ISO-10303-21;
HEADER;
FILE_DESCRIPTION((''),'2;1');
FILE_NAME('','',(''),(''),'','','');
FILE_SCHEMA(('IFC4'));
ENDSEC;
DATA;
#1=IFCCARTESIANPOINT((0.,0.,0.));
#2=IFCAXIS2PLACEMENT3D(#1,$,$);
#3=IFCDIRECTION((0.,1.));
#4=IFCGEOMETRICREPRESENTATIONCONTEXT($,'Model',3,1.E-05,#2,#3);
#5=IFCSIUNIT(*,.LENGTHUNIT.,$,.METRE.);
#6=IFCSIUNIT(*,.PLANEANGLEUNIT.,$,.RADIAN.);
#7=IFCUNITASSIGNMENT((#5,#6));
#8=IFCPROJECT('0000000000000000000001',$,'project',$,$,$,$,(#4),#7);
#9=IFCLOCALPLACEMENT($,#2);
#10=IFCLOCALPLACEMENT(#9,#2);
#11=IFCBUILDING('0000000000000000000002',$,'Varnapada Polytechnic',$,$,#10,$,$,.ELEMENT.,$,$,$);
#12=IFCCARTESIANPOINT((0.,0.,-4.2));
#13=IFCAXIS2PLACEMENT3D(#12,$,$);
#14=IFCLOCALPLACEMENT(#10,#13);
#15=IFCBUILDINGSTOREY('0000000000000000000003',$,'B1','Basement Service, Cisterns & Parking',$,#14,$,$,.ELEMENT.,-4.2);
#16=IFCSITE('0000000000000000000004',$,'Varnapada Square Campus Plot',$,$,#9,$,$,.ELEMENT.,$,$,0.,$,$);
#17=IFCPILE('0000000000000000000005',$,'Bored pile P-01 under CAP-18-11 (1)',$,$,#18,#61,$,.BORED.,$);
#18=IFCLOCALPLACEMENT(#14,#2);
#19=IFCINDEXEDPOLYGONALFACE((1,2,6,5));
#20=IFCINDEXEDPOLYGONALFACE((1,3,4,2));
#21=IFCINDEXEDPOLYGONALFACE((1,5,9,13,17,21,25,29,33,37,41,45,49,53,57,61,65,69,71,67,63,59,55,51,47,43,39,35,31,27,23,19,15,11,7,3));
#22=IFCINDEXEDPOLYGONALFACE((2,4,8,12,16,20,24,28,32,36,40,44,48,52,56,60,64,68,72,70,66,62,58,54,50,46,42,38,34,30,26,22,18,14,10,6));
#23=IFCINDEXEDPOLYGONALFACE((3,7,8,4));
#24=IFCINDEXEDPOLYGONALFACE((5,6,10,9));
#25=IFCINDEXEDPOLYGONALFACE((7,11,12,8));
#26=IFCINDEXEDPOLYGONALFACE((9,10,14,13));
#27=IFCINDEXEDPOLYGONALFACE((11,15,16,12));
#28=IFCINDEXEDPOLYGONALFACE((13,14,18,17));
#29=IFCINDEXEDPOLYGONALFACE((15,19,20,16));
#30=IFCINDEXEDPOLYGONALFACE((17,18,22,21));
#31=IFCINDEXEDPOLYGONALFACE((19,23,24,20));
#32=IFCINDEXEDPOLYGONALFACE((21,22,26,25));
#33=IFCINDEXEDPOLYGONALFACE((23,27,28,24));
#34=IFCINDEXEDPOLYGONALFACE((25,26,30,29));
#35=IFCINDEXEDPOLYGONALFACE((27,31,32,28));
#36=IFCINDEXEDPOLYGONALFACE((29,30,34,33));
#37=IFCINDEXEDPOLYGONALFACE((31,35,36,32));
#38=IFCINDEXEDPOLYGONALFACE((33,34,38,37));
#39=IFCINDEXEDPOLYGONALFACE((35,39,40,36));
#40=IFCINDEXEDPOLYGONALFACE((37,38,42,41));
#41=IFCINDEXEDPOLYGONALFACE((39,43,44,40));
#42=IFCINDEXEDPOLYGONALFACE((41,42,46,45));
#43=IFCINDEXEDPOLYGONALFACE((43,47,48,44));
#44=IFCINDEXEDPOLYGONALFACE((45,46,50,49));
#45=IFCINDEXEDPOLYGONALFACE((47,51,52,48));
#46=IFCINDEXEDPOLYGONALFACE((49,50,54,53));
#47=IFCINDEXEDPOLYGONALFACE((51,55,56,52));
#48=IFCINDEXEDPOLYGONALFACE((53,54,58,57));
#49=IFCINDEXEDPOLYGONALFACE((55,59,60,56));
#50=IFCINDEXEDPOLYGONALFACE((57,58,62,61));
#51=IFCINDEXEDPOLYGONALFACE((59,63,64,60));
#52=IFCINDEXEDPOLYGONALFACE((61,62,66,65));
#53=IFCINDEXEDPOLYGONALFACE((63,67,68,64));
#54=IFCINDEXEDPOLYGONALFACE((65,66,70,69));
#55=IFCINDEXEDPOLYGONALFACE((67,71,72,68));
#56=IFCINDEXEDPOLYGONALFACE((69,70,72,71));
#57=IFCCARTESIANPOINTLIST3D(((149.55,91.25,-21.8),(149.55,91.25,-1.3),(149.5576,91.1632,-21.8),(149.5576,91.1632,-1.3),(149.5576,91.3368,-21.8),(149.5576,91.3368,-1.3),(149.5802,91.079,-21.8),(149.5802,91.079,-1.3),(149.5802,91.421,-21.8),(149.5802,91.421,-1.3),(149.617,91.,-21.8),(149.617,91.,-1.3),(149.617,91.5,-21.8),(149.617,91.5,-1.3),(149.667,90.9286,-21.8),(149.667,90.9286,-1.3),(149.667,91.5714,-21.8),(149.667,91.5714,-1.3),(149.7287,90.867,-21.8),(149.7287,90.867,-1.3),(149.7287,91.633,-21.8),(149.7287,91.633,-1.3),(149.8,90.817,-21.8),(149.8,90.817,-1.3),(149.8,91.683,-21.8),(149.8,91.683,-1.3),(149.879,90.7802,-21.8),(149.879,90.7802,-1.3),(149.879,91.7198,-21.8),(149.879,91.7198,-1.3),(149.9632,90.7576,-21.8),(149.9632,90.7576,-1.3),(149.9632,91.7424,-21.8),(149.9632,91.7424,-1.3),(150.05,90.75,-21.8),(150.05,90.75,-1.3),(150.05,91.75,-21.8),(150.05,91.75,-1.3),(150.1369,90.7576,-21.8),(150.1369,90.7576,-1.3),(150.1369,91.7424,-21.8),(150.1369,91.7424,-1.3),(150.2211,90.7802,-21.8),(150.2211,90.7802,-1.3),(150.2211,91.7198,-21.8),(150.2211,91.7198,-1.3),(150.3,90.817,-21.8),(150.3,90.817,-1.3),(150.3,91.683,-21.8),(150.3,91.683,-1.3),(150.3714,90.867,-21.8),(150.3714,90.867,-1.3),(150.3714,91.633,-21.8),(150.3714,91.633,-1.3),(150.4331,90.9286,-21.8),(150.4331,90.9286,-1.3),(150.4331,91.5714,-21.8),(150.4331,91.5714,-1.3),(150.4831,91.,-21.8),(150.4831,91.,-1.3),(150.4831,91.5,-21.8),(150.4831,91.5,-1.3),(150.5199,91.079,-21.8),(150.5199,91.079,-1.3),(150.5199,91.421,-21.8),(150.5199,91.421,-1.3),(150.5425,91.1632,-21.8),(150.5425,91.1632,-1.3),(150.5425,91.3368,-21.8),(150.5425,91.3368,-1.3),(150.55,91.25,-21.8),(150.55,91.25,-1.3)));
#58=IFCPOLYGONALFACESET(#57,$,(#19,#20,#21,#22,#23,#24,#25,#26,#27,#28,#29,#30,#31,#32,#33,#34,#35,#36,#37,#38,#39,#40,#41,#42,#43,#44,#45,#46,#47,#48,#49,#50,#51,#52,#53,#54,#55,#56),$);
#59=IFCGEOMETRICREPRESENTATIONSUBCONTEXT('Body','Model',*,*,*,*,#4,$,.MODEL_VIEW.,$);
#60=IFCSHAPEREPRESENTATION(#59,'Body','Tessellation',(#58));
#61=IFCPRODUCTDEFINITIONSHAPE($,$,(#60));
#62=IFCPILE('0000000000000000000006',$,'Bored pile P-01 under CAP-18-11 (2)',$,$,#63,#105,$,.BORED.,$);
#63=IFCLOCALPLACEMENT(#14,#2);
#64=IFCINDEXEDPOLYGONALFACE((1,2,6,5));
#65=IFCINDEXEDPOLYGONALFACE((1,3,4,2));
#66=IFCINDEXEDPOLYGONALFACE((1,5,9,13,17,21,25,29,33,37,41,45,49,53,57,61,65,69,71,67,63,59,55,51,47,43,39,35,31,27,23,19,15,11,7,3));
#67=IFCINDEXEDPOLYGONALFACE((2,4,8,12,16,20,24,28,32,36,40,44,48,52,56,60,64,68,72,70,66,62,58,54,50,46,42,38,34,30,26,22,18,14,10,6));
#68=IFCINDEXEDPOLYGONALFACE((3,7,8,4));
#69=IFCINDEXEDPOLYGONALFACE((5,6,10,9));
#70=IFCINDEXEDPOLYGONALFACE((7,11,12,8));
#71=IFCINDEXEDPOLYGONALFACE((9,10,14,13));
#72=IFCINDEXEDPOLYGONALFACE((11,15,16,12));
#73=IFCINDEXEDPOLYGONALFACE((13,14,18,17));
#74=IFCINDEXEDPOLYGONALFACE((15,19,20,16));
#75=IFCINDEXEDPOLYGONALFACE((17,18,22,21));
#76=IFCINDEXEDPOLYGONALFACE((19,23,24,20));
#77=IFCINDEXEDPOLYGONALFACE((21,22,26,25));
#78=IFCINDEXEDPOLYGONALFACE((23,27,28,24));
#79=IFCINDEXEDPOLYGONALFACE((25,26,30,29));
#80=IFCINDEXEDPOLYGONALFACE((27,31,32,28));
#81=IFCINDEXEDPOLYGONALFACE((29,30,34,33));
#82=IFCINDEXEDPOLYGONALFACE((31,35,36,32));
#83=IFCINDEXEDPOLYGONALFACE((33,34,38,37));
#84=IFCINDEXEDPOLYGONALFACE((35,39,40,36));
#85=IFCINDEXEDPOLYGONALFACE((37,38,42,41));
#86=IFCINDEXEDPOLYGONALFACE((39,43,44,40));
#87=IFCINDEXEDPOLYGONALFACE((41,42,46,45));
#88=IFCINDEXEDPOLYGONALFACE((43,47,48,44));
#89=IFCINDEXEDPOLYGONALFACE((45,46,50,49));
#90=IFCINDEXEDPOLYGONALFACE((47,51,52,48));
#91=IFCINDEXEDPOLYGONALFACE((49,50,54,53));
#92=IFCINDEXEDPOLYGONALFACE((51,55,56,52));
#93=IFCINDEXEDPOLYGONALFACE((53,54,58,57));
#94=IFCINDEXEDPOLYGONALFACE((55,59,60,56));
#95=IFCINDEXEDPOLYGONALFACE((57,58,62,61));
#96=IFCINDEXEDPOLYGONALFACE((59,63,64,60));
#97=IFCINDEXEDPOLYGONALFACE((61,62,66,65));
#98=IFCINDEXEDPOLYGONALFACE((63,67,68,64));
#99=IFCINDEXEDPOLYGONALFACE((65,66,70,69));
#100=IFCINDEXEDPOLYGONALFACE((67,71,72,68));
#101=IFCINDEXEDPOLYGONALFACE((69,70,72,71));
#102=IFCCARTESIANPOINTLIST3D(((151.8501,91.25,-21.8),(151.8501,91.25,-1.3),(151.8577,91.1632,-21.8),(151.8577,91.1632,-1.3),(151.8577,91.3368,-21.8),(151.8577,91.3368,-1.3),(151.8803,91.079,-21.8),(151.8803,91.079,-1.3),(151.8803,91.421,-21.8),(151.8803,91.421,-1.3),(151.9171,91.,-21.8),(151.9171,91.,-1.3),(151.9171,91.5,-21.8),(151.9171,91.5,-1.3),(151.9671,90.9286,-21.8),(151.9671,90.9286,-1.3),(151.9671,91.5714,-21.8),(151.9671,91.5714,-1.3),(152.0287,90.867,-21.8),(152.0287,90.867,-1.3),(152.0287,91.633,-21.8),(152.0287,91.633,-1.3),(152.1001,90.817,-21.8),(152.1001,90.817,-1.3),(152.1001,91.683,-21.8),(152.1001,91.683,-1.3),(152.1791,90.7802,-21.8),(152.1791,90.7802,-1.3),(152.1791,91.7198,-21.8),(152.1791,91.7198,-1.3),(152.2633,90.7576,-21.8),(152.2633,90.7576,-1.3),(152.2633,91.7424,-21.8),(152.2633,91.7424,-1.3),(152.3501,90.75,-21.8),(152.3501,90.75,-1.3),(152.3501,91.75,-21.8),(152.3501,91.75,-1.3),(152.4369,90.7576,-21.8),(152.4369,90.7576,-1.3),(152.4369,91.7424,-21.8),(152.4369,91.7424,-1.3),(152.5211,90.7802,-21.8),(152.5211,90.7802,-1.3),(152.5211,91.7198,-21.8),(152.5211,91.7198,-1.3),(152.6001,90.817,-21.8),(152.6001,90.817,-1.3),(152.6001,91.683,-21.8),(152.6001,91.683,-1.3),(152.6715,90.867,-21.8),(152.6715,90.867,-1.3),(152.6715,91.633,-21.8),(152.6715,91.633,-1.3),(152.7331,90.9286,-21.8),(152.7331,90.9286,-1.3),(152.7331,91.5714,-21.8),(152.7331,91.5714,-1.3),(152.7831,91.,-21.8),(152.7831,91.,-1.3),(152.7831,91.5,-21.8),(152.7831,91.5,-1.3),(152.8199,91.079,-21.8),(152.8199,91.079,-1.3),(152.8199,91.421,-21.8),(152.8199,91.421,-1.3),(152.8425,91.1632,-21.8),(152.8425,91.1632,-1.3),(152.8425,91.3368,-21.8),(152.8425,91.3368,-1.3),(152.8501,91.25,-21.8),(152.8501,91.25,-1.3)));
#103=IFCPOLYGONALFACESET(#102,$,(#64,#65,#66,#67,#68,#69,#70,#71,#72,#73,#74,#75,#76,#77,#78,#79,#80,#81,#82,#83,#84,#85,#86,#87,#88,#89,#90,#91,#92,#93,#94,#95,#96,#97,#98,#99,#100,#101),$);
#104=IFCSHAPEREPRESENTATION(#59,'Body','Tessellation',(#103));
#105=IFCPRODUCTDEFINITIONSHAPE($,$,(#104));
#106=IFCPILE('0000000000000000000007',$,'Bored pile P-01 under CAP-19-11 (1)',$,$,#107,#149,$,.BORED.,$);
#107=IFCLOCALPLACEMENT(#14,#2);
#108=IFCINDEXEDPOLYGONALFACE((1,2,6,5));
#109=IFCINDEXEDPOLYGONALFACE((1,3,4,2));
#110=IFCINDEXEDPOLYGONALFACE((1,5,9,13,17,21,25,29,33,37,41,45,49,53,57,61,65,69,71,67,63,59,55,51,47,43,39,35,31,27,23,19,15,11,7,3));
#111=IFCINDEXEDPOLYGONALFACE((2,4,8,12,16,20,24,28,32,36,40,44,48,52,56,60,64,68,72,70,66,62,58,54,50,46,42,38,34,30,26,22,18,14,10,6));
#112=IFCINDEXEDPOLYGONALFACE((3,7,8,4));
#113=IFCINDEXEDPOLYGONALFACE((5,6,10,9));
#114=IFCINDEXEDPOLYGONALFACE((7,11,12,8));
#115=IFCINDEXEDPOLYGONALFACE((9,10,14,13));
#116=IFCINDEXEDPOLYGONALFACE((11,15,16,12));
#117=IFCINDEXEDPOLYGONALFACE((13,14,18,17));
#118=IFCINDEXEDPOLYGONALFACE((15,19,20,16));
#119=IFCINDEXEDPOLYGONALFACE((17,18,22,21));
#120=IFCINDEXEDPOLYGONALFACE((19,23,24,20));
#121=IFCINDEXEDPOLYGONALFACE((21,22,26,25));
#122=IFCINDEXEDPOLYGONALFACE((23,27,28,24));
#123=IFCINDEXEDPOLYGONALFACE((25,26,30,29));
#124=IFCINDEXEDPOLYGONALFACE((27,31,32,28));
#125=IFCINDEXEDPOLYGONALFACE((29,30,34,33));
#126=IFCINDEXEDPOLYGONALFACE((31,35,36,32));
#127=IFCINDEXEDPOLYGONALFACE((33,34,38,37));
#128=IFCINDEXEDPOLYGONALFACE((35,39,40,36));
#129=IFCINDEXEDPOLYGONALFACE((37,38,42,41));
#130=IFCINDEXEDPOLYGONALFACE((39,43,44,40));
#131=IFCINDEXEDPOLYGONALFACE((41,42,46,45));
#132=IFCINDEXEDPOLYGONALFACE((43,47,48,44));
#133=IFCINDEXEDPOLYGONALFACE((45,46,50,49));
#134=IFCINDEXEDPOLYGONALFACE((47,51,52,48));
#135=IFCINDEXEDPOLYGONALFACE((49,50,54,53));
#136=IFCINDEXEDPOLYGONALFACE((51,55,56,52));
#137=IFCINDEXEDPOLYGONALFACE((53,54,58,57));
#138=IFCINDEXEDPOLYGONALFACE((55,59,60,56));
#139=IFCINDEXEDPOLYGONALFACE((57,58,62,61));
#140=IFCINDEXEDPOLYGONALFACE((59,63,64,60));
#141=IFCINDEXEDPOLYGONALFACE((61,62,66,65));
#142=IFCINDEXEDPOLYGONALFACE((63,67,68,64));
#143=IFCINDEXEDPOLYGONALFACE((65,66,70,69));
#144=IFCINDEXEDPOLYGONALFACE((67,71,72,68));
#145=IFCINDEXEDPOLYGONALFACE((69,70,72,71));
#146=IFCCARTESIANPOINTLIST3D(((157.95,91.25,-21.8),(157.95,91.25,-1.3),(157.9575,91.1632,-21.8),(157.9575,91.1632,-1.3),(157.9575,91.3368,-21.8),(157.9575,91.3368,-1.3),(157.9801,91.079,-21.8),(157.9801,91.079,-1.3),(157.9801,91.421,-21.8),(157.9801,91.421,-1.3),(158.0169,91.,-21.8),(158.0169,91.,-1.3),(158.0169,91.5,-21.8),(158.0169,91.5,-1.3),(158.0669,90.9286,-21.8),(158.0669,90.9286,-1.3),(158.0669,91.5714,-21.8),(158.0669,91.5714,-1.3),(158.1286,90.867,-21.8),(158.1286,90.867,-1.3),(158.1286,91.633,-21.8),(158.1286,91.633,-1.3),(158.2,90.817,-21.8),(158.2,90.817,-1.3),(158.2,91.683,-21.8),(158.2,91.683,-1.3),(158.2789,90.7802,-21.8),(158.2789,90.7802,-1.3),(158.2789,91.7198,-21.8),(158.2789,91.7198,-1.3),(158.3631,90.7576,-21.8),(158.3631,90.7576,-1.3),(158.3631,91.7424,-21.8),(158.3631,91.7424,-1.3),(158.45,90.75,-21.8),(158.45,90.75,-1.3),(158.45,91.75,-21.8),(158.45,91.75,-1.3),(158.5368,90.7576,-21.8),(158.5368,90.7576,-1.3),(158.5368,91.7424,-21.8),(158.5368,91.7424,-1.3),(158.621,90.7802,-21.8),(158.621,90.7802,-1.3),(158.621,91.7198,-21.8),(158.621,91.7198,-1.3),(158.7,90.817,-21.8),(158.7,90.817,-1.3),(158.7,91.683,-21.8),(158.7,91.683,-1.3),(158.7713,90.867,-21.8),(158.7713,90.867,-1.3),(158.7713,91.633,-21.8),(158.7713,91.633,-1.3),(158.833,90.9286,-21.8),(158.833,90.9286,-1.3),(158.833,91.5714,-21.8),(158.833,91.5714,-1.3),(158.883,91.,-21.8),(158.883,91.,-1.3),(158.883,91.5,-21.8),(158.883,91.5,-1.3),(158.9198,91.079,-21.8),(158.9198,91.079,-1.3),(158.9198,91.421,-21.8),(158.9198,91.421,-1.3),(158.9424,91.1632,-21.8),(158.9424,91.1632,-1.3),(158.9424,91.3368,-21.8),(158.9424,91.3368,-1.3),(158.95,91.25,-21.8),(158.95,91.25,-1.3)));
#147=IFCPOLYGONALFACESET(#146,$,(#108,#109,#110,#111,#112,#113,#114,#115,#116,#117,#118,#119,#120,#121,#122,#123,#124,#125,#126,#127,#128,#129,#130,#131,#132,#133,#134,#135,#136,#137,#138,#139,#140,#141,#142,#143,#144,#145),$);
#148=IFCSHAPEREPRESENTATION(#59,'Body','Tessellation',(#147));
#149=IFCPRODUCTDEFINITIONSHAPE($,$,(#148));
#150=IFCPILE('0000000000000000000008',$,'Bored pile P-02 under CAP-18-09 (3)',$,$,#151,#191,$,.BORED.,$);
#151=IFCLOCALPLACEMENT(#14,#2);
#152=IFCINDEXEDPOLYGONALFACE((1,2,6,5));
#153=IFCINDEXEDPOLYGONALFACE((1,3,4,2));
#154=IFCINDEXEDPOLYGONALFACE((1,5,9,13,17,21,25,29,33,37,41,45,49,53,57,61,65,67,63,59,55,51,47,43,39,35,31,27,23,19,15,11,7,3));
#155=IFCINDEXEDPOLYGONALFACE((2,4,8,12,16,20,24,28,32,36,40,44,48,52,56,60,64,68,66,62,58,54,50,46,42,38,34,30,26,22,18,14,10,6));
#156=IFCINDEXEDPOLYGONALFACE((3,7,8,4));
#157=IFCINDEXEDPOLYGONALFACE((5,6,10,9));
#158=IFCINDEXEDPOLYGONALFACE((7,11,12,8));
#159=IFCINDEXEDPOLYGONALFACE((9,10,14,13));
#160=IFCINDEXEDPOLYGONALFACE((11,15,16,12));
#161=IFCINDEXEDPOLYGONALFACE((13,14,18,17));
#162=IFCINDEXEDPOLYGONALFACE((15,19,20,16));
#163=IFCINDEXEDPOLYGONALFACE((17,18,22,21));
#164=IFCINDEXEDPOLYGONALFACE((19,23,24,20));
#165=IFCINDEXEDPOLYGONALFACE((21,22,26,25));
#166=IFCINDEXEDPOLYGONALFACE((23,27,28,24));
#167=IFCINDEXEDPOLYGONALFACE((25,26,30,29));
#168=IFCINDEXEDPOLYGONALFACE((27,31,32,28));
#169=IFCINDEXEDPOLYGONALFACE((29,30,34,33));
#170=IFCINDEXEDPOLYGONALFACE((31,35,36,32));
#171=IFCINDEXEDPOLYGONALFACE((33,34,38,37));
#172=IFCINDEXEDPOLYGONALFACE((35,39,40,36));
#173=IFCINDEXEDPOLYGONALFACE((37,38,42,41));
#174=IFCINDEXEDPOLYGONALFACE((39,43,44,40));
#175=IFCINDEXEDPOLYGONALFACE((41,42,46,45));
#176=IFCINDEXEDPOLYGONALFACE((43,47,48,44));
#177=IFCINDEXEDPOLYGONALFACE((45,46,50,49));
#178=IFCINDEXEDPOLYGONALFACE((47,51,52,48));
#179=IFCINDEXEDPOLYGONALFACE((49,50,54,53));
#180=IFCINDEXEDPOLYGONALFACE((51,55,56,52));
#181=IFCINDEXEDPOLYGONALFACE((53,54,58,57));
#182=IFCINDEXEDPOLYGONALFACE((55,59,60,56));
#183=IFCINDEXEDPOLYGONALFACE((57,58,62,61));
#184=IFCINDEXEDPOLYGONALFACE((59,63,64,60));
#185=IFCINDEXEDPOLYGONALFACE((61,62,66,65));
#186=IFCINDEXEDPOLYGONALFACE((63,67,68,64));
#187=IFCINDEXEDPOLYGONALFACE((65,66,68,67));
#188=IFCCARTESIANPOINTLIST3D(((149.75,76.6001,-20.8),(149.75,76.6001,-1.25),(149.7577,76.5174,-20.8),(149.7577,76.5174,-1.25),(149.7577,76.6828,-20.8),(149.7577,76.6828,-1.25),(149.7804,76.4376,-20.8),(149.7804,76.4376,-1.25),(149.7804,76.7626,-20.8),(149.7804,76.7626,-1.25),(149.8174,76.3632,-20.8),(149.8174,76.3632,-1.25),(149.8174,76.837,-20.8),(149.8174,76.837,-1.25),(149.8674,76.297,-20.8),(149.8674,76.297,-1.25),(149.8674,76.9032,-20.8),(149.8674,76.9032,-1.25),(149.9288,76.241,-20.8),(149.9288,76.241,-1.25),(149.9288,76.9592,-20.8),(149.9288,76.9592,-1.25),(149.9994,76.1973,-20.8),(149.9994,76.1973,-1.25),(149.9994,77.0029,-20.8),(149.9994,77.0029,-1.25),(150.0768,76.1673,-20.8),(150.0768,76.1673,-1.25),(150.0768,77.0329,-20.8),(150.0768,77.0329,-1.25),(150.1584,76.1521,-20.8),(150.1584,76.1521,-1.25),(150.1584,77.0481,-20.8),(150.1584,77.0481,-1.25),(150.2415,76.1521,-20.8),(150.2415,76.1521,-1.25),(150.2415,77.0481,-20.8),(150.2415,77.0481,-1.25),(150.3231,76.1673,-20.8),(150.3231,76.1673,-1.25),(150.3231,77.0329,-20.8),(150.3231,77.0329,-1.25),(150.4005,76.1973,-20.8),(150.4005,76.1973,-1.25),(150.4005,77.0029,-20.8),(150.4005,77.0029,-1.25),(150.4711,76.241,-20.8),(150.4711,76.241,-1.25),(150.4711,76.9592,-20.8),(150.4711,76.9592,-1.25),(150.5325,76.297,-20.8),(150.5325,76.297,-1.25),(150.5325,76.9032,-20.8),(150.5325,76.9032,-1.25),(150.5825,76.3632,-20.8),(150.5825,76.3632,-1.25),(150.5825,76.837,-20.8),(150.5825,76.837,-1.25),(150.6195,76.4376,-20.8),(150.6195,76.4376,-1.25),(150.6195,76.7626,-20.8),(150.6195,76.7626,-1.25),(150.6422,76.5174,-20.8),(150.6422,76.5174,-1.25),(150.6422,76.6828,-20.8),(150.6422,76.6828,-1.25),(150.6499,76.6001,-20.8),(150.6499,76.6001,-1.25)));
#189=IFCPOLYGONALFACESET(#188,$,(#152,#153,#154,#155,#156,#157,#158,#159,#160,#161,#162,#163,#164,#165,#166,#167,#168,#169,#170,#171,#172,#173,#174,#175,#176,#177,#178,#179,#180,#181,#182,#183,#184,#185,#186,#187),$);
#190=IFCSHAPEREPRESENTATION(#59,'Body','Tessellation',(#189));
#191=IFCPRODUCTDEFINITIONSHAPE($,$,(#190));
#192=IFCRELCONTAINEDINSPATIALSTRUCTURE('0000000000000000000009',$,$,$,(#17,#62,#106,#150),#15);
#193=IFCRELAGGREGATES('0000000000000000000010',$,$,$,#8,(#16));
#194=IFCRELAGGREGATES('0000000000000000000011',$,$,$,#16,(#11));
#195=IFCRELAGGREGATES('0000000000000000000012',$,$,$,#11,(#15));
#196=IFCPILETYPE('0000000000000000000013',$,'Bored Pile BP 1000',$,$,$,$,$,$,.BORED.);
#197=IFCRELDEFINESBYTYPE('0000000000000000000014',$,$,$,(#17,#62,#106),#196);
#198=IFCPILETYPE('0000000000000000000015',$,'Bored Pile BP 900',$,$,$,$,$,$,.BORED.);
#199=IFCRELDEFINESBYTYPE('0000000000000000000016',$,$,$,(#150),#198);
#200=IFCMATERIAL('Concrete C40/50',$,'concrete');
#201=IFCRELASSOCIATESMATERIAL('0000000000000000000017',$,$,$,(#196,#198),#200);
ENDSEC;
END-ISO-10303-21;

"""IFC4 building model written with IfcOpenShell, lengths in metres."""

from ifc_helpers import new_model, si_unit, direction, frame, origin, origin_2d, place, context, subcontext, project, spatial, circle, extrude, material, material_profile, profile_set, type_object, element, save


model = new_model("IFC4")

# Units and contexts
model_context = context("Model", 3, precision=1e-05, world=origin(), true_north=direction((0.0, 1.0)))
body_context = subcontext(model_context, "Body", "Model", "MODEL_VIEW")
ifc_project = project(units=[si_unit("LENGTHUNIT", "METRE"), si_unit("PLANEANGLEUNIT", "RADIAN")], contexts=[model_context])

# Site, building, storey
site_placement = place(None, origin())
site = spatial("IfcSite", under=ifc_project, at=site_placement, Name="Varnapada Square Campus Plot", CompositionType="ELEMENT", RefElevation=0.0)
building_placement = place(site_placement, origin())
building = spatial("IfcBuilding", under=site, at=building_placement, Name="Varnapada Polytechnic", CompositionType="ELEMENT")
storey_placement = place(building_placement, frame((0.0, 0.0, -4.2)))
storey = spatial("IfcBuildingStorey", under=building, at=storey_placement, Name="B1", Description="Basement Service, Cisterns & Parking", CompositionType="ELEMENT", Elevation=-4.2)

# Piles
ifc_material_1 = material(Name="Concrete C40/50", Category="concrete")
ifc_material_profile_1 = material_profile(ifc_material_1, circle(Radius=0.5, at=origin_2d()), Name="BP 1000")
ifc_profile_set_1 = profile_set([ifc_material_profile_1], Name="Concrete C40/50")
pile_type_1 = type_object("IfcPileType", Name="Bored Pile BP 1000", PredefinedType="BORED", material=ifc_profile_set_1)
for number, where, z_axis, x_axis, name in (
    (1, (150.05, 91.25, -1.3), (0.0, 0.0, -1.0), (1.0, 0.0, 0.0), "Bored pile P-01 under CAP-18-11 (1)"),
    (2, (152.3501, 91.25, -1.3), (0.0, 0.0, -1.0), (1.0, 0.0, 0.0), "Bored pile P-01 under CAP-18-11 (2)"),
    (3, (158.45, 91.25, -1.3), (0.0, 0.0, -1.0), (1.0, 0.0, 0.0), "Bored pile P-01 under CAP-19-11 (1)"),
):
    element("IfcPile", number, at=place(storey_placement, frame(where, z_axis=z_axis, x_axis=x_axis)), inside=storey, type_object=pile_type_1, Name=name, PredefinedType="BORED", context=body_context, shape_type="SweptSolid", body=[
        extrude(circle(Radius=0.5, at=origin_2d()), origin(), (0.0, 0.0, 1.0), 20.5),
    ])
ifc_material_profile_2 = material_profile(ifc_material_1, circle(Radius=0.45, at=origin_2d()), Name="BP 900")
ifc_profile_set_2 = profile_set([ifc_material_profile_2], Name="Concrete C40/50")
pile_type_2 = type_object("IfcPileType", Name="Bored Pile BP 900", PredefinedType="BORED", material=ifc_profile_set_2)
for number, where, z_axis, x_axis, name in (
    (4, (150.2, 76.6001, -1.25), (0.0, 0.0, -1.0), (1.0, 0.0, 0.0), "Bored pile P-02 under CAP-18-09 (3)"),
):
    element("IfcPile", number, at=place(storey_placement, frame(where, z_axis=z_axis, x_axis=x_axis)), inside=storey, type_object=pile_type_2, Name=name, PredefinedType="BORED", context=body_context, shape_type="SweptSolid", body=[
        extrude(circle(Radius=0.45, at=origin_2d()), origin(), (0.0, 0.0, 1.0), 19.55),
    ])

save(model, "model.ifc")
